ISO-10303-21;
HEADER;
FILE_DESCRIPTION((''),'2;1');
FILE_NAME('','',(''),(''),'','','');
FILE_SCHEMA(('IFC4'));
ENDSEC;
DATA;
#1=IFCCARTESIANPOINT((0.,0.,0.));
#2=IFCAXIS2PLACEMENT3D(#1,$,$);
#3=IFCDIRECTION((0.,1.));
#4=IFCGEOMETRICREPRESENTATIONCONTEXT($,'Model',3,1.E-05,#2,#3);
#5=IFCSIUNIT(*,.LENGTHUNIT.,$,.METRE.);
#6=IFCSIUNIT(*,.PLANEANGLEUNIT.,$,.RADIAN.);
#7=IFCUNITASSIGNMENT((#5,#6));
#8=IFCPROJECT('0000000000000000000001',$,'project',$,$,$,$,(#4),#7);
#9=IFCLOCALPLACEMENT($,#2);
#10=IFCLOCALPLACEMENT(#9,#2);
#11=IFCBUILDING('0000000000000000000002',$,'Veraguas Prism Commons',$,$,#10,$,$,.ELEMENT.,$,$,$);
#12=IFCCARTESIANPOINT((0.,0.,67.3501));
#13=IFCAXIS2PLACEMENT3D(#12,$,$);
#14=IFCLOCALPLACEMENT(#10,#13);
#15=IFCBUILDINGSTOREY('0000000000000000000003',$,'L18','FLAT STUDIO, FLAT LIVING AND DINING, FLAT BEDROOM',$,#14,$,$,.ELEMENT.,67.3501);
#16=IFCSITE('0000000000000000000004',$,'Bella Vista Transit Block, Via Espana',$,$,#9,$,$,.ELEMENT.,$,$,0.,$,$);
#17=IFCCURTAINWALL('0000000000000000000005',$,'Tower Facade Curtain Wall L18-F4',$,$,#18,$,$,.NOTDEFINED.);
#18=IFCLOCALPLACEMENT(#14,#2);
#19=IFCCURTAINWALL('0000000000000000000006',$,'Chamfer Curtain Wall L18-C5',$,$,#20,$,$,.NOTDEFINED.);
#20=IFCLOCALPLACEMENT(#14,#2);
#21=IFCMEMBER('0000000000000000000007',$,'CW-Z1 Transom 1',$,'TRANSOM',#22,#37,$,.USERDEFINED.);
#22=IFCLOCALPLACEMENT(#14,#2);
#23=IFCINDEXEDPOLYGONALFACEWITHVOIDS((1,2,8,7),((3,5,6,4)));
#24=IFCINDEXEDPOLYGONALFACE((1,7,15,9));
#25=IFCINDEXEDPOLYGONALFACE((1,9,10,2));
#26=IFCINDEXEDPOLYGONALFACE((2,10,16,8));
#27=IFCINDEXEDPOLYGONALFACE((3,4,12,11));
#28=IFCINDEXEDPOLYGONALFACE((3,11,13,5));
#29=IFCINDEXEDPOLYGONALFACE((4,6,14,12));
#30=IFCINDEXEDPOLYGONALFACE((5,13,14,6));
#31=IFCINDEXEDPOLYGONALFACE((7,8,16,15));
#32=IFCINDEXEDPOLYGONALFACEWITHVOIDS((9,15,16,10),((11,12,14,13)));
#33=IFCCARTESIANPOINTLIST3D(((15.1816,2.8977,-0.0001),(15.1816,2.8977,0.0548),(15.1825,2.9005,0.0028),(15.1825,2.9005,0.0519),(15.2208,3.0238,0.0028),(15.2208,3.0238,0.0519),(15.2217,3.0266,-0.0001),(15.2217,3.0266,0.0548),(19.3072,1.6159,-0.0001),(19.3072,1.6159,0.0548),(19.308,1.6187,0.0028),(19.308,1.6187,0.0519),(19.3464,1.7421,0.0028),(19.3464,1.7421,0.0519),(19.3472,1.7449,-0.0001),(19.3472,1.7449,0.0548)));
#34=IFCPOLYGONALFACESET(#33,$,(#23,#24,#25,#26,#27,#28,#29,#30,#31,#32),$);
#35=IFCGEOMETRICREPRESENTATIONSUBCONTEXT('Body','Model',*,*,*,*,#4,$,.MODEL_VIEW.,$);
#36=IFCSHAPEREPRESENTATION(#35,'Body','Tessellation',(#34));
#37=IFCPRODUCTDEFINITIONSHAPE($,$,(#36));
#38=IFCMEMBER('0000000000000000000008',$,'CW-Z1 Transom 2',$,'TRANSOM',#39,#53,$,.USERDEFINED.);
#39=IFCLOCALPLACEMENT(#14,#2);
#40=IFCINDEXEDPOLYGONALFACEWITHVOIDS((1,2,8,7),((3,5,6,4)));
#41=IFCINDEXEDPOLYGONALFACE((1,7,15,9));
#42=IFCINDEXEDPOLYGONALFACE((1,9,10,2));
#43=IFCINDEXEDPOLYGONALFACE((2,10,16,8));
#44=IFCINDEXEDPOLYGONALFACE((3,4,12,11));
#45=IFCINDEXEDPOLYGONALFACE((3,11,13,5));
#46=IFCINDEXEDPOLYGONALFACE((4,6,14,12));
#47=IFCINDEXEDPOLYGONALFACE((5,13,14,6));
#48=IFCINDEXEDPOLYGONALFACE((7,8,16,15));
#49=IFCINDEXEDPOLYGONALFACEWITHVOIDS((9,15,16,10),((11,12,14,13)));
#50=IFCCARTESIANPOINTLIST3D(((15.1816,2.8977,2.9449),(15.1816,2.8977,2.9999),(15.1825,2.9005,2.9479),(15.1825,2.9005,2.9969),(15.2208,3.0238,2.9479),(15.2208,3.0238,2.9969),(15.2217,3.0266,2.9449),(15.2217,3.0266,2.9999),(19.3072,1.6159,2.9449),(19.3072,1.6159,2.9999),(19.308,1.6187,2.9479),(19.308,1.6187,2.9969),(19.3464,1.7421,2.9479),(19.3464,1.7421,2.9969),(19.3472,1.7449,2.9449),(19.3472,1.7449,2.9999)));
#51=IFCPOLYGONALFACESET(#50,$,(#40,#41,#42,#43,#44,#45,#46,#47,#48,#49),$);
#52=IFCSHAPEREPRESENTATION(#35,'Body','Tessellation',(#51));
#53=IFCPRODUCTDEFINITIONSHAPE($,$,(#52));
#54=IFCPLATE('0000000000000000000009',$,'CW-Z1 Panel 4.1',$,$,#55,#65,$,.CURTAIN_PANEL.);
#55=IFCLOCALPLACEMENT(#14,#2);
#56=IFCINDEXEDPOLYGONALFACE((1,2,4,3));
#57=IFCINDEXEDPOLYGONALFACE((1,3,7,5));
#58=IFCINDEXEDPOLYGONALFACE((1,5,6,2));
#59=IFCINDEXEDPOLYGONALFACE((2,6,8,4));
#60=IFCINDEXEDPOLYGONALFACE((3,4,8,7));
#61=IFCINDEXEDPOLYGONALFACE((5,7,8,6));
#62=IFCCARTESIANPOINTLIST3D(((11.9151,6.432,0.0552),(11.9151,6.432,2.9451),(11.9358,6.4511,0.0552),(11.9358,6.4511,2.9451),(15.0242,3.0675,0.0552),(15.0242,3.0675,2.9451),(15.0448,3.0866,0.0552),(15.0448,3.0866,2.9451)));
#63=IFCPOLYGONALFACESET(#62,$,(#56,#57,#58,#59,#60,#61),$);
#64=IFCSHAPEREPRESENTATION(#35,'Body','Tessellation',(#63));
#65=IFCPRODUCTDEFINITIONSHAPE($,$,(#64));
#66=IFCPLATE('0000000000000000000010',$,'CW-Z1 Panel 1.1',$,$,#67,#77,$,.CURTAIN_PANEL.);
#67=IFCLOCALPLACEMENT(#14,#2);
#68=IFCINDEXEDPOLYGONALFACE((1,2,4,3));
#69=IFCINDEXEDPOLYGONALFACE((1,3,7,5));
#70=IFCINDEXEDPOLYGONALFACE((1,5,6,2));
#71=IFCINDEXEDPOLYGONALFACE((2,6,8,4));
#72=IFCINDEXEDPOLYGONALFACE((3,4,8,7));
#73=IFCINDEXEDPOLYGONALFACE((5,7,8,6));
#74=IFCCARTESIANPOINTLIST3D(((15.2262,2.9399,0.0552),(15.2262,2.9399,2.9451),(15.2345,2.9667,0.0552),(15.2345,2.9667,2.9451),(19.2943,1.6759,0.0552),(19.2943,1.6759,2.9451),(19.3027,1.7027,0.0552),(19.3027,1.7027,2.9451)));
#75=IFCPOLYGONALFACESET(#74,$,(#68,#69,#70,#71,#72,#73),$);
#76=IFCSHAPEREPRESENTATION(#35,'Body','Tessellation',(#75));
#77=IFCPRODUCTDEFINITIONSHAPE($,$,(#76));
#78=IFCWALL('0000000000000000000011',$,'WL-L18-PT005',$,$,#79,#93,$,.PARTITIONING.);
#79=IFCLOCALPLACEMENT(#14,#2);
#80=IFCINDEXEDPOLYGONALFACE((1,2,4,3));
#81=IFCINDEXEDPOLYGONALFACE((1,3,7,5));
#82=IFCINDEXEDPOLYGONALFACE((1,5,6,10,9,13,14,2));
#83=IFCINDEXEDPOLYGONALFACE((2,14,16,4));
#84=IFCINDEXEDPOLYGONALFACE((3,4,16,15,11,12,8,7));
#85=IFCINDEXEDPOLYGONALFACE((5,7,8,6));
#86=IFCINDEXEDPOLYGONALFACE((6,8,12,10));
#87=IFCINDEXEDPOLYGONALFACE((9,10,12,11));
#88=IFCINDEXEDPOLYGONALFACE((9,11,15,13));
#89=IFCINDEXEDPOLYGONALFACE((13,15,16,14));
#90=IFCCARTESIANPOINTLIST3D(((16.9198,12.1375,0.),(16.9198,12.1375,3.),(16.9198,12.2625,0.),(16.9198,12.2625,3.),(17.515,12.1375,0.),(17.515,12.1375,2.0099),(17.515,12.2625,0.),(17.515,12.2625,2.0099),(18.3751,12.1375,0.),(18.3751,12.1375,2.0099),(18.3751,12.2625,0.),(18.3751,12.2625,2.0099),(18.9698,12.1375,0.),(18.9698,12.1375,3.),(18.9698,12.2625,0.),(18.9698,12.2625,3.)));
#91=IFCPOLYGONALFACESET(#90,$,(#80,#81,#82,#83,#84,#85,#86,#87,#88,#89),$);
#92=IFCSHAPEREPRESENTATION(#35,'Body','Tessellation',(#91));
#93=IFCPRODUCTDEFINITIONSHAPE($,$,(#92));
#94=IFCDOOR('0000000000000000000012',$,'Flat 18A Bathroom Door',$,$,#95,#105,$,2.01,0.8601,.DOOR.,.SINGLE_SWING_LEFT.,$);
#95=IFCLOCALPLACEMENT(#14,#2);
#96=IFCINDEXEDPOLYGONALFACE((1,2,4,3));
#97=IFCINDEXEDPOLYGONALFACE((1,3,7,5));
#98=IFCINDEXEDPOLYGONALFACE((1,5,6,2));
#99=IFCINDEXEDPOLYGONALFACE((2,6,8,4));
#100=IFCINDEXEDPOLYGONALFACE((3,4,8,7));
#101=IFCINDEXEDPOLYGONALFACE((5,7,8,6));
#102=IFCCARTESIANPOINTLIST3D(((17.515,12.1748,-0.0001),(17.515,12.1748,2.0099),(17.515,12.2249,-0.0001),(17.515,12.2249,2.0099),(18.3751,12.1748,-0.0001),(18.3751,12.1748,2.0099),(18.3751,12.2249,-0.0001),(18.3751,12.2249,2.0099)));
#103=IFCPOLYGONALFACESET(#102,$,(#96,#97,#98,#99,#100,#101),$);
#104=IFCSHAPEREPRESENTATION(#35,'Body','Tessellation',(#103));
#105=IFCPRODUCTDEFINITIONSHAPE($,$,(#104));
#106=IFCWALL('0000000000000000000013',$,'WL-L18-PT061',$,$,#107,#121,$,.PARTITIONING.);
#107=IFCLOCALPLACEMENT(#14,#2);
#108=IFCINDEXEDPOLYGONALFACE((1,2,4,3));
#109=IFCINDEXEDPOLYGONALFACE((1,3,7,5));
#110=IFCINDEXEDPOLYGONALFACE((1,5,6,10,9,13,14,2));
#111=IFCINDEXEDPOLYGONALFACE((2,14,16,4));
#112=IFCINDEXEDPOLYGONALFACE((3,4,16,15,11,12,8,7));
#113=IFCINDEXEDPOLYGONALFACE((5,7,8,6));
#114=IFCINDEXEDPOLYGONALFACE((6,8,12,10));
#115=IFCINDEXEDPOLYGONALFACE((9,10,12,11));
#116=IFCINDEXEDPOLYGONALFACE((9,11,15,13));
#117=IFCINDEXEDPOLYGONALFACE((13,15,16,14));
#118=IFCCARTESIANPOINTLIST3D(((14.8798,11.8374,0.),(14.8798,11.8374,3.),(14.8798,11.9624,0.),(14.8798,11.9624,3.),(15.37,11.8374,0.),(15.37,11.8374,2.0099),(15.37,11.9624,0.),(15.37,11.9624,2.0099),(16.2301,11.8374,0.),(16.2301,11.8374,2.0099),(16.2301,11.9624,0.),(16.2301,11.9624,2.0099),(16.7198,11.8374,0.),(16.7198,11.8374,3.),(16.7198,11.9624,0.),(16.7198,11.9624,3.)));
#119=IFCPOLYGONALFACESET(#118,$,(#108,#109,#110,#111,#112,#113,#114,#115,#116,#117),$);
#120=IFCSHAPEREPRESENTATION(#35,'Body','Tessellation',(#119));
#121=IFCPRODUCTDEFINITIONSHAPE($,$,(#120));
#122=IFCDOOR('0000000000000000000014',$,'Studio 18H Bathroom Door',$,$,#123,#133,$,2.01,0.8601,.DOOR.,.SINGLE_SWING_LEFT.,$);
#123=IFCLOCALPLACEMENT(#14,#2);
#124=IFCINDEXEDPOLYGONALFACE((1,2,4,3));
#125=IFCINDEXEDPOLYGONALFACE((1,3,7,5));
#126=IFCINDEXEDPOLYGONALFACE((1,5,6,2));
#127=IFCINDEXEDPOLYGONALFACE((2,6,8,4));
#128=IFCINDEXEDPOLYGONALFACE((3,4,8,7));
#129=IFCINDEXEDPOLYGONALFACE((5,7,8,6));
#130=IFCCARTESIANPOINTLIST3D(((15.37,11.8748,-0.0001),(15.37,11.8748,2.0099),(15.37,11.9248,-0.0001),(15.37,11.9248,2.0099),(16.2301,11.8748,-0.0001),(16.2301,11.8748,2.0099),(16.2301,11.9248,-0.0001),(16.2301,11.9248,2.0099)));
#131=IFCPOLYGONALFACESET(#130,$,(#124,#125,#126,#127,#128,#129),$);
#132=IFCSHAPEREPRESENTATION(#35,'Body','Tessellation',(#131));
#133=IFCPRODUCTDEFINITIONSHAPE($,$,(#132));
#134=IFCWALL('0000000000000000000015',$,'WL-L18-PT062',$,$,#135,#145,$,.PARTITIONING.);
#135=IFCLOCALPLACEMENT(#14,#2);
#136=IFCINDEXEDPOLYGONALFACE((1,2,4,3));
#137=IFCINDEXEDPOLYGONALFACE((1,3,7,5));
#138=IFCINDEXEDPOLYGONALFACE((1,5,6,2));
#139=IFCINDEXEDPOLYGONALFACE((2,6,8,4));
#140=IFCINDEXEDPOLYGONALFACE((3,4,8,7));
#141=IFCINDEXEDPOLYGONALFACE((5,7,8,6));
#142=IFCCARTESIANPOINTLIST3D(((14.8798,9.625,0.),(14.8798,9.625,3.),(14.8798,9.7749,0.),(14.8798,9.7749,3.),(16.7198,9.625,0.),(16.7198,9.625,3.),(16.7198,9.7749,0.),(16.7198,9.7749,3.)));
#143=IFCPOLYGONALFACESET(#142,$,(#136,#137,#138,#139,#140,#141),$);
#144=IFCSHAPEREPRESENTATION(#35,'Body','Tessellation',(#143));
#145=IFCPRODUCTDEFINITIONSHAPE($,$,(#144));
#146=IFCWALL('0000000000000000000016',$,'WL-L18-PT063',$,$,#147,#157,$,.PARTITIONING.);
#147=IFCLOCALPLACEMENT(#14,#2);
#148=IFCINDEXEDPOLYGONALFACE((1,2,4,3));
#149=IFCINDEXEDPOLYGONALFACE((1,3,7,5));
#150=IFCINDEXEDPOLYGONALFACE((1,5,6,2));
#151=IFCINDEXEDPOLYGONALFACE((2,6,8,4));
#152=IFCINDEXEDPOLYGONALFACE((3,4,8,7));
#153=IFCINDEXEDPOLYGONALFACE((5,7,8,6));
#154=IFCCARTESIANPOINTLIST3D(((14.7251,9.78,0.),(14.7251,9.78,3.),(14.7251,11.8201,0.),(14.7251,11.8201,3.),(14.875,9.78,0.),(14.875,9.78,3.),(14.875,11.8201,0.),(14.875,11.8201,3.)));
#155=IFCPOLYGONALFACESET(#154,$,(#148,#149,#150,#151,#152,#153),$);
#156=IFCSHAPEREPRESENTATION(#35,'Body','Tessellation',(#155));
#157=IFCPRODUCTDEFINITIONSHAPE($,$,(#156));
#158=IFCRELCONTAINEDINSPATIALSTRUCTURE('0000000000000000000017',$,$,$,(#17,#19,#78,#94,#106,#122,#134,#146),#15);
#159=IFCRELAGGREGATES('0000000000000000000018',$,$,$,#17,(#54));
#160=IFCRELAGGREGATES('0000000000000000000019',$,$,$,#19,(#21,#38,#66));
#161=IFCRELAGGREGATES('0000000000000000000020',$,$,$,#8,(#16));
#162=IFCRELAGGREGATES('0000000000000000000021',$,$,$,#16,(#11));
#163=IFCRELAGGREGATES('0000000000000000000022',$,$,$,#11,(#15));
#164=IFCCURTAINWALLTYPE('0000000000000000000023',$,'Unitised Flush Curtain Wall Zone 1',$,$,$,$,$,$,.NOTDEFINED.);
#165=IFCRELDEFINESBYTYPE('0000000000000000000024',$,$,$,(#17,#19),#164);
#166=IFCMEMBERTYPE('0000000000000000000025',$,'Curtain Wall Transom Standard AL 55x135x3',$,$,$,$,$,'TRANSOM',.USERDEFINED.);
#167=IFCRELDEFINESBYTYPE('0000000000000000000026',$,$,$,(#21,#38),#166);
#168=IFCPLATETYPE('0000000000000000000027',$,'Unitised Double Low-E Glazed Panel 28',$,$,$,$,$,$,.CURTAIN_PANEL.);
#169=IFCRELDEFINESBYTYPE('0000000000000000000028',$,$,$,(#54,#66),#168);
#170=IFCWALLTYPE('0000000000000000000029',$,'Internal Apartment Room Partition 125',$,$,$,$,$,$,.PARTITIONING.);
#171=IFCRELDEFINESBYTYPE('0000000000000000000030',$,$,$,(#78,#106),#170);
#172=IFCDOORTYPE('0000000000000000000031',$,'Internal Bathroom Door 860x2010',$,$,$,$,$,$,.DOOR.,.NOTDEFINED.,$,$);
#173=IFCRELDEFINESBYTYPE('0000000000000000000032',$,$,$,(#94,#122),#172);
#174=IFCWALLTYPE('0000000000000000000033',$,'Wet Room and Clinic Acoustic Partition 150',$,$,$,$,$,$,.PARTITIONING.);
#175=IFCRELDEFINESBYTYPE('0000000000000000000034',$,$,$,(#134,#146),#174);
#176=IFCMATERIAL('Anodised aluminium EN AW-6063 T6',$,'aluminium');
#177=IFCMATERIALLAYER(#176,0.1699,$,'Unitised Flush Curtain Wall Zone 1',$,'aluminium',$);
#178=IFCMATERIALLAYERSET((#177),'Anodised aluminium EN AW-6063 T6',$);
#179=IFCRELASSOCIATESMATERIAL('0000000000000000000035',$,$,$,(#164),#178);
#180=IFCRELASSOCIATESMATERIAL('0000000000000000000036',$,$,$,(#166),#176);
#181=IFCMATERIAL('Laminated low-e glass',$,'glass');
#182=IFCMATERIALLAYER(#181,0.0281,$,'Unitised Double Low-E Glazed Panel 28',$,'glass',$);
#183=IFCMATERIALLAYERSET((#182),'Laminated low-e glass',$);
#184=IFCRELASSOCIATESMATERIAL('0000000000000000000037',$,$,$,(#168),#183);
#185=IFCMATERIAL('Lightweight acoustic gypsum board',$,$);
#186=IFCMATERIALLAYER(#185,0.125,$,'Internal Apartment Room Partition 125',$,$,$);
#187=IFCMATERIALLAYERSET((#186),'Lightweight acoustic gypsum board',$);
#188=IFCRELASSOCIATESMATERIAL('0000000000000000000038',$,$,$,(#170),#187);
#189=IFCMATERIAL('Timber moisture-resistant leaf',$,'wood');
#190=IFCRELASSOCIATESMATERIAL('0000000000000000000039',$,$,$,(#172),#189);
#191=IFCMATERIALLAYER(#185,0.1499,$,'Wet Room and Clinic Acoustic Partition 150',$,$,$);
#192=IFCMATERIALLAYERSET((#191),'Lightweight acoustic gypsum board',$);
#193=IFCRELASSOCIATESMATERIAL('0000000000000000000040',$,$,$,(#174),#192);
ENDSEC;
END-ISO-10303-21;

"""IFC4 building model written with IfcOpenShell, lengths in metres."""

from ifc_helpers import new_model, si_unit, direction, frame, frame_2d, origin, origin_2d, place, context, subcontext, project, spatial, rectangle, hollow_rectangle, extrude, source, transform, mapped, material, layer, layer_set, material_profile, profile_set, type_object, element, fill, aggregate, save


model = new_model("IFC4")

# Units and contexts
model_context = context("Model", 3, precision=1e-05, world=origin(), true_north=direction((0.0, 1.0)))
body_context = subcontext(model_context, "Body", "Model", "MODEL_VIEW")
ifc_project = project(units=[si_unit("LENGTHUNIT", "METRE"), si_unit("PLANEANGLEUNIT", "RADIAN")], contexts=[model_context])

# Site, building, storey
site_placement = place(None, origin())
site = spatial("IfcSite", under=ifc_project, at=site_placement, Name="Bella Vista Transit Block, Via Espana", CompositionType="ELEMENT", RefElevation=0.0)
building_placement = place(site_placement, origin())
building = spatial("IfcBuilding", under=site, at=building_placement, Name="Veraguas Prism Commons", CompositionType="ELEMENT")
storey_placement = place(building_placement, frame((0.0, 0.0, 67.3501)))
storey = spatial("IfcBuildingStorey", under=building, at=storey_placement, Name="L18", Description="FLAT STUDIO, FLAT LIVING AND DINING, FLAT BEDROOM", CompositionType="ELEMENT", Elevation=67.3501)

# Shared definitions
ifc_material_1 = material(Name="Anodised aluminium EN AW-6063 T6", Category="aluminium")
ifc_layer_1 = layer(ifc_material_1, 0.1699, Name="Unitised Flush Curtain Wall Zone 1", Category="aluminium")
ifc_layer_set_1 = layer_set([ifc_layer_1], Name="Anodised aluminium EN AW-6063 T6")
curtain_wall_type = type_object("IfcCurtainWallType", Name="Unitised Flush Curtain Wall Zone 1", PredefinedType="NOTDEFINED", material=ifc_layer_set_1)
ifc_material_profile_1 = material_profile(ifc_material_1, hollow_rectangle(XDim=0.0549, YDim=0.135, WallThickness=0.0029, at=origin_2d()), Name="AL55X135X3")
ifc_profile_set_1 = profile_set([ifc_material_profile_1], Name="Anodised aluminium EN AW-6063 T6")
member_type_1 = type_object("IfcMemberType", Name="Curtain Wall Transom Standard AL 55x135x3", ElementType="TRANSOM", PredefinedType="USERDEFINED", material=ifc_profile_set_1)

# Curtain wall
curtain_wall_1_placement = place(storey_placement, origin())
curtain_wall_1 = element("IfcCurtainWall", 1, at=curtain_wall_1_placement, inside=storey, type_object=curtain_wall_type, Name="Tower Facade Curtain Wall L18-F4", PredefinedType="NOTDEFINED")

# Curtain wall, members
curtain_wall_2_placement = place(storey_placement, origin())
curtain_wall_2 = element("IfcCurtainWall", 2, at=curtain_wall_2_placement, inside=storey, type_object=curtain_wall_type, Name="Chamfer Curtain Wall L18-C5", PredefinedType="NOTDEFINED")
shared_shape_1 = source(origin(), body_context, "Body", "SweptSolid", [
    extrude(hollow_rectangle(XDim=0.0549, YDim=0.135, WallThickness=0.0029, at=origin_2d()), origin(), (0.0, 0.0, 1.0), 4.3201),
])
member_1_placement = place(storey_placement, frame((15.2017, 2.9622, 0.0273), z_axis=(0.954971, -0.296698, 0.0), x_axis=(0.0, 0.0, 1.0)))
member_1 = element("IfcMember", 3, at=member_1_placement, type_object=member_type_1, Name="CW-Z1 Transom 1", ObjectType="TRANSOM", PredefinedType="USERDEFINED", context=body_context, shape_type="MappedRepresentation", body=[
    mapped(shared_shape_1, transform((0.0, 0.0, 0.0), scale=1.0)),
])
member_2_placement = place(storey_placement, frame((15.2017, 2.9622, 2.9724), z_axis=(0.954971, -0.296698, 0.0), x_axis=(0.0, 0.0, 1.0)))
member_2 = element("IfcMember", 4, at=member_2_placement, type_object=member_type_1, Name="CW-Z1 Transom 2", ObjectType="TRANSOM", PredefinedType="USERDEFINED", context=body_context, shape_type="MappedRepresentation", body=[
    mapped(shared_shape_1, transform((0.0, 0.0, 0.0), scale=1.0)),
])

# Plates
ifc_material_2 = material(Name="Laminated low-e glass", Category="glass")
ifc_layer_2 = layer(ifc_material_2, 0.0281, Name="Unitised Double Low-E Glazed Panel 28", Category="glass")
ifc_layer_set_2 = layer_set([ifc_layer_2], Name="Laminated low-e glass")
plate_type = type_object("IfcPlateType", Name="Unitised Double Low-E Glazed Panel 28", PredefinedType="CURTAIN_PANEL", material=ifc_layer_set_2)
shared_shape_2 = source(origin(), body_context, "Body", "SweptSolid", [
    extrude(rectangle(XDim=4.5811, YDim=0.0281, at=origin_2d()), origin(), (0.0, 0.0, 1.0), 2.8899),
])
plate_1_placement = place(storey_placement, frame((13.48, 4.7593, 0.0552), z_axis=(0.0, 0.0, 1.0), x_axis=(0.678678, -0.734436, 0.0)))
plate_1 = element("IfcPlate", 5, at=plate_1_placement, type_object=plate_type, Name="CW-Z1 Panel 4.1", PredefinedType="CURTAIN_PANEL", context=body_context, shape_type="MappedRepresentation", body=[
    mapped(shared_shape_2, transform((0.0, 0.0, 0.0), scale=1.0)),
])
aggregate(curtain_wall_1, [plate_1])
shared_shape_3 = source(origin(), body_context, "Body", "SweptSolid", [
    extrude(rectangle(XDim=4.26, YDim=0.0281, at=origin_2d()), origin(), (0.0, 0.0, 1.0), 2.8899),
])
plate_2_placement = place(storey_placement, frame((17.2644, 2.3213, 0.0552), z_axis=(0.0, 0.0, 1.0), x_axis=(0.954966, -0.296717, 0.0)))
plate_2 = element("IfcPlate", 6, at=plate_2_placement, type_object=plate_type, Name="CW-Z1 Panel 1.1", PredefinedType="CURTAIN_PANEL", context=body_context, shape_type="MappedRepresentation", body=[
    mapped(shared_shape_3, transform((0.0, 0.0, 0.0), scale=1.0)),
])
aggregate(curtain_wall_2, [member_1, member_2, plate_2])

# Walls, openings, doors
ifc_material_3 = material(Name="Lightweight acoustic gypsum board")
ifc_layer_3 = layer(ifc_material_3, 0.125, Name="Internal Apartment Room Partition 125")
ifc_layer_set_3 = layer_set([ifc_layer_3], Name="Lightweight acoustic gypsum board")
wall_type_1 = type_object("IfcWallType", Name="Internal Apartment Room Partition 125", PredefinedType="PARTITIONING", material=ifc_layer_set_3)
wall_1_placement = place(storey_placement, frame((16.9199, 12.2, 0.0), z_axis=(0.0, 0.0, 1.0), x_axis=(1.0, 0.0, 0.0)))
wall_1 = element("IfcWall", 7, at=wall_1_placement, inside=storey, type_object=wall_type_1, Name="WL-L18-PT005", PredefinedType="PARTITIONING", context=body_context, shape_type="SweptSolid", body=[
    extrude(rectangle(XDim=2.05, YDim=0.125, at=frame_2d((1.0249, 0.0))), origin(), (0.0, 0.0, 1.0), 3.0),
])
opening_1_placement = place(wall_1_placement, frame((0.595, 0.0, 0.0)))
opening_1 = element("IfcOpeningElement", 8, at=opening_1_placement, cuts=wall_1, PredefinedType="OPENING", context=body_context, shape_type="SweptSolid", body=[
    extrude(rectangle(XDim=0.8601, YDim=2.01, at=frame_2d((0.4302, 1.0049))), frame((0.0, 0.0725, 0.0), z_axis=(0.0, -1.0, 0.0), x_axis=(1.0, 0.0, 0.0)), (0.0, 0.0, 1.0), 0.145),
])
ifc_material_4 = material(Name="Timber moisture-resistant leaf", Category="wood")
door_type = type_object("IfcDoorType", Name="Internal Bathroom Door 860x2010", OperationType="NOTDEFINED", PredefinedType="DOOR", material=ifc_material_4)
shared_shape_4 = source(origin(), body_context, "Body", "SweptSolid", [
    extrude(rectangle(XDim=0.8601, YDim=2.01, at=frame_2d((0.4302, 1.0049))), frame((0.0, 0.0249, 0.0), z_axis=(0.0, -1.0, 0.0), x_axis=(1.0, 0.0, 0.0)), (0.0, 0.0, 1.0), 0.05),
])
door_1_placement = place(opening_1_placement, origin())
door_1 = element("IfcDoor", 9, at=door_1_placement, inside=storey, type_object=door_type, Name="Flat 18A Bathroom Door", OperationType="SINGLE_SWING_LEFT", OverallHeight=2.01, OverallWidth=0.8601, PredefinedType="DOOR", context=body_context, shape_type="MappedRepresentation", body=[
    mapped(shared_shape_4, transform((0.0, 0.0, 0.0), scale=1.0)),
])
fill(opening_1, door_1)
wall_2_placement = place(storey_placement, frame((14.8799, 11.8999, 0.0), z_axis=(0.0, 0.0, 1.0), x_axis=(1.0, 0.0, 0.0)))
wall_2 = element("IfcWall", 10, at=wall_2_placement, inside=storey, type_object=wall_type_1, Name="WL-L18-PT061", PredefinedType="PARTITIONING", context=body_context, shape_type="SweptSolid", body=[
    extrude(rectangle(XDim=1.8401, YDim=0.125, at=frame_2d((0.9199, 0.0))), origin(), (0.0, 0.0, 1.0), 3.0),
])
opening_2_placement = place(wall_2_placement, frame((0.49, 0.0, 0.0)))
opening_2 = element("IfcOpeningElement", 11, at=opening_2_placement, cuts=wall_2, PredefinedType="OPENING", context=body_context, shape_type="SweptSolid", body=[
    extrude(rectangle(XDim=0.8601, YDim=2.01, at=frame_2d((0.4302, 1.0049))), frame((0.0, 0.0725, 0.0), z_axis=(0.0, -1.0, 0.0), x_axis=(1.0, 0.0, 0.0)), (0.0, 0.0, 1.0), 0.145),
])
door_2_placement = place(opening_2_placement, origin())
door_2 = element("IfcDoor", 12, at=door_2_placement, inside=storey, type_object=door_type, Name="Studio 18H Bathroom Door", OperationType="SINGLE_SWING_LEFT", OverallHeight=2.01, OverallWidth=0.8601, PredefinedType="DOOR", context=body_context, shape_type="MappedRepresentation", body=[
    mapped(shared_shape_4, transform((0.0, 0.0, 0.0), scale=1.0)),
])
fill(opening_2, door_2)

# Walls
ifc_layer_4 = layer(ifc_material_3, 0.1499, Name="Wet Room and Clinic Acoustic Partition 150")
ifc_layer_set_4 = layer_set([ifc_layer_4], Name="Lightweight acoustic gypsum board")
wall_type_2 = type_object("IfcWallType", Name="Wet Room and Clinic Acoustic Partition 150", PredefinedType="PARTITIONING", material=ifc_layer_set_4)
wall_3_placement = place(storey_placement, frame((14.8799, 9.7, 0.0), z_axis=(0.0, 0.0, 1.0), x_axis=(1.0, 0.0, 0.0)))
element("IfcWall", 13, at=wall_3_placement, inside=storey, type_object=wall_type_2, Name="WL-L18-PT062", PredefinedType="PARTITIONING", context=body_context, shape_type="SweptSolid", body=[
    extrude(rectangle(XDim=1.8401, YDim=0.1499, at=frame_2d((0.9199, 0.0))), origin(), (0.0, 0.0, 1.0), 3.0),
])
wall_4_placement = place(storey_placement, frame((14.8, 9.78, 0.0), z_axis=(0.0, 0.0, 1.0), x_axis=(0.0, 1.0, 0.0)))
element("IfcWall", 14, at=wall_4_placement, inside=storey, type_object=wall_type_2, Name="WL-L18-PT063", PredefinedType="PARTITIONING", context=body_context, shape_type="SweptSolid", body=[
    extrude(rectangle(XDim=2.04, YDim=0.1499, at=frame_2d((1.02, 0.0))), origin(), (0.0, 0.0, 1.0), 3.0),
])

save(model, "model.ifc")
